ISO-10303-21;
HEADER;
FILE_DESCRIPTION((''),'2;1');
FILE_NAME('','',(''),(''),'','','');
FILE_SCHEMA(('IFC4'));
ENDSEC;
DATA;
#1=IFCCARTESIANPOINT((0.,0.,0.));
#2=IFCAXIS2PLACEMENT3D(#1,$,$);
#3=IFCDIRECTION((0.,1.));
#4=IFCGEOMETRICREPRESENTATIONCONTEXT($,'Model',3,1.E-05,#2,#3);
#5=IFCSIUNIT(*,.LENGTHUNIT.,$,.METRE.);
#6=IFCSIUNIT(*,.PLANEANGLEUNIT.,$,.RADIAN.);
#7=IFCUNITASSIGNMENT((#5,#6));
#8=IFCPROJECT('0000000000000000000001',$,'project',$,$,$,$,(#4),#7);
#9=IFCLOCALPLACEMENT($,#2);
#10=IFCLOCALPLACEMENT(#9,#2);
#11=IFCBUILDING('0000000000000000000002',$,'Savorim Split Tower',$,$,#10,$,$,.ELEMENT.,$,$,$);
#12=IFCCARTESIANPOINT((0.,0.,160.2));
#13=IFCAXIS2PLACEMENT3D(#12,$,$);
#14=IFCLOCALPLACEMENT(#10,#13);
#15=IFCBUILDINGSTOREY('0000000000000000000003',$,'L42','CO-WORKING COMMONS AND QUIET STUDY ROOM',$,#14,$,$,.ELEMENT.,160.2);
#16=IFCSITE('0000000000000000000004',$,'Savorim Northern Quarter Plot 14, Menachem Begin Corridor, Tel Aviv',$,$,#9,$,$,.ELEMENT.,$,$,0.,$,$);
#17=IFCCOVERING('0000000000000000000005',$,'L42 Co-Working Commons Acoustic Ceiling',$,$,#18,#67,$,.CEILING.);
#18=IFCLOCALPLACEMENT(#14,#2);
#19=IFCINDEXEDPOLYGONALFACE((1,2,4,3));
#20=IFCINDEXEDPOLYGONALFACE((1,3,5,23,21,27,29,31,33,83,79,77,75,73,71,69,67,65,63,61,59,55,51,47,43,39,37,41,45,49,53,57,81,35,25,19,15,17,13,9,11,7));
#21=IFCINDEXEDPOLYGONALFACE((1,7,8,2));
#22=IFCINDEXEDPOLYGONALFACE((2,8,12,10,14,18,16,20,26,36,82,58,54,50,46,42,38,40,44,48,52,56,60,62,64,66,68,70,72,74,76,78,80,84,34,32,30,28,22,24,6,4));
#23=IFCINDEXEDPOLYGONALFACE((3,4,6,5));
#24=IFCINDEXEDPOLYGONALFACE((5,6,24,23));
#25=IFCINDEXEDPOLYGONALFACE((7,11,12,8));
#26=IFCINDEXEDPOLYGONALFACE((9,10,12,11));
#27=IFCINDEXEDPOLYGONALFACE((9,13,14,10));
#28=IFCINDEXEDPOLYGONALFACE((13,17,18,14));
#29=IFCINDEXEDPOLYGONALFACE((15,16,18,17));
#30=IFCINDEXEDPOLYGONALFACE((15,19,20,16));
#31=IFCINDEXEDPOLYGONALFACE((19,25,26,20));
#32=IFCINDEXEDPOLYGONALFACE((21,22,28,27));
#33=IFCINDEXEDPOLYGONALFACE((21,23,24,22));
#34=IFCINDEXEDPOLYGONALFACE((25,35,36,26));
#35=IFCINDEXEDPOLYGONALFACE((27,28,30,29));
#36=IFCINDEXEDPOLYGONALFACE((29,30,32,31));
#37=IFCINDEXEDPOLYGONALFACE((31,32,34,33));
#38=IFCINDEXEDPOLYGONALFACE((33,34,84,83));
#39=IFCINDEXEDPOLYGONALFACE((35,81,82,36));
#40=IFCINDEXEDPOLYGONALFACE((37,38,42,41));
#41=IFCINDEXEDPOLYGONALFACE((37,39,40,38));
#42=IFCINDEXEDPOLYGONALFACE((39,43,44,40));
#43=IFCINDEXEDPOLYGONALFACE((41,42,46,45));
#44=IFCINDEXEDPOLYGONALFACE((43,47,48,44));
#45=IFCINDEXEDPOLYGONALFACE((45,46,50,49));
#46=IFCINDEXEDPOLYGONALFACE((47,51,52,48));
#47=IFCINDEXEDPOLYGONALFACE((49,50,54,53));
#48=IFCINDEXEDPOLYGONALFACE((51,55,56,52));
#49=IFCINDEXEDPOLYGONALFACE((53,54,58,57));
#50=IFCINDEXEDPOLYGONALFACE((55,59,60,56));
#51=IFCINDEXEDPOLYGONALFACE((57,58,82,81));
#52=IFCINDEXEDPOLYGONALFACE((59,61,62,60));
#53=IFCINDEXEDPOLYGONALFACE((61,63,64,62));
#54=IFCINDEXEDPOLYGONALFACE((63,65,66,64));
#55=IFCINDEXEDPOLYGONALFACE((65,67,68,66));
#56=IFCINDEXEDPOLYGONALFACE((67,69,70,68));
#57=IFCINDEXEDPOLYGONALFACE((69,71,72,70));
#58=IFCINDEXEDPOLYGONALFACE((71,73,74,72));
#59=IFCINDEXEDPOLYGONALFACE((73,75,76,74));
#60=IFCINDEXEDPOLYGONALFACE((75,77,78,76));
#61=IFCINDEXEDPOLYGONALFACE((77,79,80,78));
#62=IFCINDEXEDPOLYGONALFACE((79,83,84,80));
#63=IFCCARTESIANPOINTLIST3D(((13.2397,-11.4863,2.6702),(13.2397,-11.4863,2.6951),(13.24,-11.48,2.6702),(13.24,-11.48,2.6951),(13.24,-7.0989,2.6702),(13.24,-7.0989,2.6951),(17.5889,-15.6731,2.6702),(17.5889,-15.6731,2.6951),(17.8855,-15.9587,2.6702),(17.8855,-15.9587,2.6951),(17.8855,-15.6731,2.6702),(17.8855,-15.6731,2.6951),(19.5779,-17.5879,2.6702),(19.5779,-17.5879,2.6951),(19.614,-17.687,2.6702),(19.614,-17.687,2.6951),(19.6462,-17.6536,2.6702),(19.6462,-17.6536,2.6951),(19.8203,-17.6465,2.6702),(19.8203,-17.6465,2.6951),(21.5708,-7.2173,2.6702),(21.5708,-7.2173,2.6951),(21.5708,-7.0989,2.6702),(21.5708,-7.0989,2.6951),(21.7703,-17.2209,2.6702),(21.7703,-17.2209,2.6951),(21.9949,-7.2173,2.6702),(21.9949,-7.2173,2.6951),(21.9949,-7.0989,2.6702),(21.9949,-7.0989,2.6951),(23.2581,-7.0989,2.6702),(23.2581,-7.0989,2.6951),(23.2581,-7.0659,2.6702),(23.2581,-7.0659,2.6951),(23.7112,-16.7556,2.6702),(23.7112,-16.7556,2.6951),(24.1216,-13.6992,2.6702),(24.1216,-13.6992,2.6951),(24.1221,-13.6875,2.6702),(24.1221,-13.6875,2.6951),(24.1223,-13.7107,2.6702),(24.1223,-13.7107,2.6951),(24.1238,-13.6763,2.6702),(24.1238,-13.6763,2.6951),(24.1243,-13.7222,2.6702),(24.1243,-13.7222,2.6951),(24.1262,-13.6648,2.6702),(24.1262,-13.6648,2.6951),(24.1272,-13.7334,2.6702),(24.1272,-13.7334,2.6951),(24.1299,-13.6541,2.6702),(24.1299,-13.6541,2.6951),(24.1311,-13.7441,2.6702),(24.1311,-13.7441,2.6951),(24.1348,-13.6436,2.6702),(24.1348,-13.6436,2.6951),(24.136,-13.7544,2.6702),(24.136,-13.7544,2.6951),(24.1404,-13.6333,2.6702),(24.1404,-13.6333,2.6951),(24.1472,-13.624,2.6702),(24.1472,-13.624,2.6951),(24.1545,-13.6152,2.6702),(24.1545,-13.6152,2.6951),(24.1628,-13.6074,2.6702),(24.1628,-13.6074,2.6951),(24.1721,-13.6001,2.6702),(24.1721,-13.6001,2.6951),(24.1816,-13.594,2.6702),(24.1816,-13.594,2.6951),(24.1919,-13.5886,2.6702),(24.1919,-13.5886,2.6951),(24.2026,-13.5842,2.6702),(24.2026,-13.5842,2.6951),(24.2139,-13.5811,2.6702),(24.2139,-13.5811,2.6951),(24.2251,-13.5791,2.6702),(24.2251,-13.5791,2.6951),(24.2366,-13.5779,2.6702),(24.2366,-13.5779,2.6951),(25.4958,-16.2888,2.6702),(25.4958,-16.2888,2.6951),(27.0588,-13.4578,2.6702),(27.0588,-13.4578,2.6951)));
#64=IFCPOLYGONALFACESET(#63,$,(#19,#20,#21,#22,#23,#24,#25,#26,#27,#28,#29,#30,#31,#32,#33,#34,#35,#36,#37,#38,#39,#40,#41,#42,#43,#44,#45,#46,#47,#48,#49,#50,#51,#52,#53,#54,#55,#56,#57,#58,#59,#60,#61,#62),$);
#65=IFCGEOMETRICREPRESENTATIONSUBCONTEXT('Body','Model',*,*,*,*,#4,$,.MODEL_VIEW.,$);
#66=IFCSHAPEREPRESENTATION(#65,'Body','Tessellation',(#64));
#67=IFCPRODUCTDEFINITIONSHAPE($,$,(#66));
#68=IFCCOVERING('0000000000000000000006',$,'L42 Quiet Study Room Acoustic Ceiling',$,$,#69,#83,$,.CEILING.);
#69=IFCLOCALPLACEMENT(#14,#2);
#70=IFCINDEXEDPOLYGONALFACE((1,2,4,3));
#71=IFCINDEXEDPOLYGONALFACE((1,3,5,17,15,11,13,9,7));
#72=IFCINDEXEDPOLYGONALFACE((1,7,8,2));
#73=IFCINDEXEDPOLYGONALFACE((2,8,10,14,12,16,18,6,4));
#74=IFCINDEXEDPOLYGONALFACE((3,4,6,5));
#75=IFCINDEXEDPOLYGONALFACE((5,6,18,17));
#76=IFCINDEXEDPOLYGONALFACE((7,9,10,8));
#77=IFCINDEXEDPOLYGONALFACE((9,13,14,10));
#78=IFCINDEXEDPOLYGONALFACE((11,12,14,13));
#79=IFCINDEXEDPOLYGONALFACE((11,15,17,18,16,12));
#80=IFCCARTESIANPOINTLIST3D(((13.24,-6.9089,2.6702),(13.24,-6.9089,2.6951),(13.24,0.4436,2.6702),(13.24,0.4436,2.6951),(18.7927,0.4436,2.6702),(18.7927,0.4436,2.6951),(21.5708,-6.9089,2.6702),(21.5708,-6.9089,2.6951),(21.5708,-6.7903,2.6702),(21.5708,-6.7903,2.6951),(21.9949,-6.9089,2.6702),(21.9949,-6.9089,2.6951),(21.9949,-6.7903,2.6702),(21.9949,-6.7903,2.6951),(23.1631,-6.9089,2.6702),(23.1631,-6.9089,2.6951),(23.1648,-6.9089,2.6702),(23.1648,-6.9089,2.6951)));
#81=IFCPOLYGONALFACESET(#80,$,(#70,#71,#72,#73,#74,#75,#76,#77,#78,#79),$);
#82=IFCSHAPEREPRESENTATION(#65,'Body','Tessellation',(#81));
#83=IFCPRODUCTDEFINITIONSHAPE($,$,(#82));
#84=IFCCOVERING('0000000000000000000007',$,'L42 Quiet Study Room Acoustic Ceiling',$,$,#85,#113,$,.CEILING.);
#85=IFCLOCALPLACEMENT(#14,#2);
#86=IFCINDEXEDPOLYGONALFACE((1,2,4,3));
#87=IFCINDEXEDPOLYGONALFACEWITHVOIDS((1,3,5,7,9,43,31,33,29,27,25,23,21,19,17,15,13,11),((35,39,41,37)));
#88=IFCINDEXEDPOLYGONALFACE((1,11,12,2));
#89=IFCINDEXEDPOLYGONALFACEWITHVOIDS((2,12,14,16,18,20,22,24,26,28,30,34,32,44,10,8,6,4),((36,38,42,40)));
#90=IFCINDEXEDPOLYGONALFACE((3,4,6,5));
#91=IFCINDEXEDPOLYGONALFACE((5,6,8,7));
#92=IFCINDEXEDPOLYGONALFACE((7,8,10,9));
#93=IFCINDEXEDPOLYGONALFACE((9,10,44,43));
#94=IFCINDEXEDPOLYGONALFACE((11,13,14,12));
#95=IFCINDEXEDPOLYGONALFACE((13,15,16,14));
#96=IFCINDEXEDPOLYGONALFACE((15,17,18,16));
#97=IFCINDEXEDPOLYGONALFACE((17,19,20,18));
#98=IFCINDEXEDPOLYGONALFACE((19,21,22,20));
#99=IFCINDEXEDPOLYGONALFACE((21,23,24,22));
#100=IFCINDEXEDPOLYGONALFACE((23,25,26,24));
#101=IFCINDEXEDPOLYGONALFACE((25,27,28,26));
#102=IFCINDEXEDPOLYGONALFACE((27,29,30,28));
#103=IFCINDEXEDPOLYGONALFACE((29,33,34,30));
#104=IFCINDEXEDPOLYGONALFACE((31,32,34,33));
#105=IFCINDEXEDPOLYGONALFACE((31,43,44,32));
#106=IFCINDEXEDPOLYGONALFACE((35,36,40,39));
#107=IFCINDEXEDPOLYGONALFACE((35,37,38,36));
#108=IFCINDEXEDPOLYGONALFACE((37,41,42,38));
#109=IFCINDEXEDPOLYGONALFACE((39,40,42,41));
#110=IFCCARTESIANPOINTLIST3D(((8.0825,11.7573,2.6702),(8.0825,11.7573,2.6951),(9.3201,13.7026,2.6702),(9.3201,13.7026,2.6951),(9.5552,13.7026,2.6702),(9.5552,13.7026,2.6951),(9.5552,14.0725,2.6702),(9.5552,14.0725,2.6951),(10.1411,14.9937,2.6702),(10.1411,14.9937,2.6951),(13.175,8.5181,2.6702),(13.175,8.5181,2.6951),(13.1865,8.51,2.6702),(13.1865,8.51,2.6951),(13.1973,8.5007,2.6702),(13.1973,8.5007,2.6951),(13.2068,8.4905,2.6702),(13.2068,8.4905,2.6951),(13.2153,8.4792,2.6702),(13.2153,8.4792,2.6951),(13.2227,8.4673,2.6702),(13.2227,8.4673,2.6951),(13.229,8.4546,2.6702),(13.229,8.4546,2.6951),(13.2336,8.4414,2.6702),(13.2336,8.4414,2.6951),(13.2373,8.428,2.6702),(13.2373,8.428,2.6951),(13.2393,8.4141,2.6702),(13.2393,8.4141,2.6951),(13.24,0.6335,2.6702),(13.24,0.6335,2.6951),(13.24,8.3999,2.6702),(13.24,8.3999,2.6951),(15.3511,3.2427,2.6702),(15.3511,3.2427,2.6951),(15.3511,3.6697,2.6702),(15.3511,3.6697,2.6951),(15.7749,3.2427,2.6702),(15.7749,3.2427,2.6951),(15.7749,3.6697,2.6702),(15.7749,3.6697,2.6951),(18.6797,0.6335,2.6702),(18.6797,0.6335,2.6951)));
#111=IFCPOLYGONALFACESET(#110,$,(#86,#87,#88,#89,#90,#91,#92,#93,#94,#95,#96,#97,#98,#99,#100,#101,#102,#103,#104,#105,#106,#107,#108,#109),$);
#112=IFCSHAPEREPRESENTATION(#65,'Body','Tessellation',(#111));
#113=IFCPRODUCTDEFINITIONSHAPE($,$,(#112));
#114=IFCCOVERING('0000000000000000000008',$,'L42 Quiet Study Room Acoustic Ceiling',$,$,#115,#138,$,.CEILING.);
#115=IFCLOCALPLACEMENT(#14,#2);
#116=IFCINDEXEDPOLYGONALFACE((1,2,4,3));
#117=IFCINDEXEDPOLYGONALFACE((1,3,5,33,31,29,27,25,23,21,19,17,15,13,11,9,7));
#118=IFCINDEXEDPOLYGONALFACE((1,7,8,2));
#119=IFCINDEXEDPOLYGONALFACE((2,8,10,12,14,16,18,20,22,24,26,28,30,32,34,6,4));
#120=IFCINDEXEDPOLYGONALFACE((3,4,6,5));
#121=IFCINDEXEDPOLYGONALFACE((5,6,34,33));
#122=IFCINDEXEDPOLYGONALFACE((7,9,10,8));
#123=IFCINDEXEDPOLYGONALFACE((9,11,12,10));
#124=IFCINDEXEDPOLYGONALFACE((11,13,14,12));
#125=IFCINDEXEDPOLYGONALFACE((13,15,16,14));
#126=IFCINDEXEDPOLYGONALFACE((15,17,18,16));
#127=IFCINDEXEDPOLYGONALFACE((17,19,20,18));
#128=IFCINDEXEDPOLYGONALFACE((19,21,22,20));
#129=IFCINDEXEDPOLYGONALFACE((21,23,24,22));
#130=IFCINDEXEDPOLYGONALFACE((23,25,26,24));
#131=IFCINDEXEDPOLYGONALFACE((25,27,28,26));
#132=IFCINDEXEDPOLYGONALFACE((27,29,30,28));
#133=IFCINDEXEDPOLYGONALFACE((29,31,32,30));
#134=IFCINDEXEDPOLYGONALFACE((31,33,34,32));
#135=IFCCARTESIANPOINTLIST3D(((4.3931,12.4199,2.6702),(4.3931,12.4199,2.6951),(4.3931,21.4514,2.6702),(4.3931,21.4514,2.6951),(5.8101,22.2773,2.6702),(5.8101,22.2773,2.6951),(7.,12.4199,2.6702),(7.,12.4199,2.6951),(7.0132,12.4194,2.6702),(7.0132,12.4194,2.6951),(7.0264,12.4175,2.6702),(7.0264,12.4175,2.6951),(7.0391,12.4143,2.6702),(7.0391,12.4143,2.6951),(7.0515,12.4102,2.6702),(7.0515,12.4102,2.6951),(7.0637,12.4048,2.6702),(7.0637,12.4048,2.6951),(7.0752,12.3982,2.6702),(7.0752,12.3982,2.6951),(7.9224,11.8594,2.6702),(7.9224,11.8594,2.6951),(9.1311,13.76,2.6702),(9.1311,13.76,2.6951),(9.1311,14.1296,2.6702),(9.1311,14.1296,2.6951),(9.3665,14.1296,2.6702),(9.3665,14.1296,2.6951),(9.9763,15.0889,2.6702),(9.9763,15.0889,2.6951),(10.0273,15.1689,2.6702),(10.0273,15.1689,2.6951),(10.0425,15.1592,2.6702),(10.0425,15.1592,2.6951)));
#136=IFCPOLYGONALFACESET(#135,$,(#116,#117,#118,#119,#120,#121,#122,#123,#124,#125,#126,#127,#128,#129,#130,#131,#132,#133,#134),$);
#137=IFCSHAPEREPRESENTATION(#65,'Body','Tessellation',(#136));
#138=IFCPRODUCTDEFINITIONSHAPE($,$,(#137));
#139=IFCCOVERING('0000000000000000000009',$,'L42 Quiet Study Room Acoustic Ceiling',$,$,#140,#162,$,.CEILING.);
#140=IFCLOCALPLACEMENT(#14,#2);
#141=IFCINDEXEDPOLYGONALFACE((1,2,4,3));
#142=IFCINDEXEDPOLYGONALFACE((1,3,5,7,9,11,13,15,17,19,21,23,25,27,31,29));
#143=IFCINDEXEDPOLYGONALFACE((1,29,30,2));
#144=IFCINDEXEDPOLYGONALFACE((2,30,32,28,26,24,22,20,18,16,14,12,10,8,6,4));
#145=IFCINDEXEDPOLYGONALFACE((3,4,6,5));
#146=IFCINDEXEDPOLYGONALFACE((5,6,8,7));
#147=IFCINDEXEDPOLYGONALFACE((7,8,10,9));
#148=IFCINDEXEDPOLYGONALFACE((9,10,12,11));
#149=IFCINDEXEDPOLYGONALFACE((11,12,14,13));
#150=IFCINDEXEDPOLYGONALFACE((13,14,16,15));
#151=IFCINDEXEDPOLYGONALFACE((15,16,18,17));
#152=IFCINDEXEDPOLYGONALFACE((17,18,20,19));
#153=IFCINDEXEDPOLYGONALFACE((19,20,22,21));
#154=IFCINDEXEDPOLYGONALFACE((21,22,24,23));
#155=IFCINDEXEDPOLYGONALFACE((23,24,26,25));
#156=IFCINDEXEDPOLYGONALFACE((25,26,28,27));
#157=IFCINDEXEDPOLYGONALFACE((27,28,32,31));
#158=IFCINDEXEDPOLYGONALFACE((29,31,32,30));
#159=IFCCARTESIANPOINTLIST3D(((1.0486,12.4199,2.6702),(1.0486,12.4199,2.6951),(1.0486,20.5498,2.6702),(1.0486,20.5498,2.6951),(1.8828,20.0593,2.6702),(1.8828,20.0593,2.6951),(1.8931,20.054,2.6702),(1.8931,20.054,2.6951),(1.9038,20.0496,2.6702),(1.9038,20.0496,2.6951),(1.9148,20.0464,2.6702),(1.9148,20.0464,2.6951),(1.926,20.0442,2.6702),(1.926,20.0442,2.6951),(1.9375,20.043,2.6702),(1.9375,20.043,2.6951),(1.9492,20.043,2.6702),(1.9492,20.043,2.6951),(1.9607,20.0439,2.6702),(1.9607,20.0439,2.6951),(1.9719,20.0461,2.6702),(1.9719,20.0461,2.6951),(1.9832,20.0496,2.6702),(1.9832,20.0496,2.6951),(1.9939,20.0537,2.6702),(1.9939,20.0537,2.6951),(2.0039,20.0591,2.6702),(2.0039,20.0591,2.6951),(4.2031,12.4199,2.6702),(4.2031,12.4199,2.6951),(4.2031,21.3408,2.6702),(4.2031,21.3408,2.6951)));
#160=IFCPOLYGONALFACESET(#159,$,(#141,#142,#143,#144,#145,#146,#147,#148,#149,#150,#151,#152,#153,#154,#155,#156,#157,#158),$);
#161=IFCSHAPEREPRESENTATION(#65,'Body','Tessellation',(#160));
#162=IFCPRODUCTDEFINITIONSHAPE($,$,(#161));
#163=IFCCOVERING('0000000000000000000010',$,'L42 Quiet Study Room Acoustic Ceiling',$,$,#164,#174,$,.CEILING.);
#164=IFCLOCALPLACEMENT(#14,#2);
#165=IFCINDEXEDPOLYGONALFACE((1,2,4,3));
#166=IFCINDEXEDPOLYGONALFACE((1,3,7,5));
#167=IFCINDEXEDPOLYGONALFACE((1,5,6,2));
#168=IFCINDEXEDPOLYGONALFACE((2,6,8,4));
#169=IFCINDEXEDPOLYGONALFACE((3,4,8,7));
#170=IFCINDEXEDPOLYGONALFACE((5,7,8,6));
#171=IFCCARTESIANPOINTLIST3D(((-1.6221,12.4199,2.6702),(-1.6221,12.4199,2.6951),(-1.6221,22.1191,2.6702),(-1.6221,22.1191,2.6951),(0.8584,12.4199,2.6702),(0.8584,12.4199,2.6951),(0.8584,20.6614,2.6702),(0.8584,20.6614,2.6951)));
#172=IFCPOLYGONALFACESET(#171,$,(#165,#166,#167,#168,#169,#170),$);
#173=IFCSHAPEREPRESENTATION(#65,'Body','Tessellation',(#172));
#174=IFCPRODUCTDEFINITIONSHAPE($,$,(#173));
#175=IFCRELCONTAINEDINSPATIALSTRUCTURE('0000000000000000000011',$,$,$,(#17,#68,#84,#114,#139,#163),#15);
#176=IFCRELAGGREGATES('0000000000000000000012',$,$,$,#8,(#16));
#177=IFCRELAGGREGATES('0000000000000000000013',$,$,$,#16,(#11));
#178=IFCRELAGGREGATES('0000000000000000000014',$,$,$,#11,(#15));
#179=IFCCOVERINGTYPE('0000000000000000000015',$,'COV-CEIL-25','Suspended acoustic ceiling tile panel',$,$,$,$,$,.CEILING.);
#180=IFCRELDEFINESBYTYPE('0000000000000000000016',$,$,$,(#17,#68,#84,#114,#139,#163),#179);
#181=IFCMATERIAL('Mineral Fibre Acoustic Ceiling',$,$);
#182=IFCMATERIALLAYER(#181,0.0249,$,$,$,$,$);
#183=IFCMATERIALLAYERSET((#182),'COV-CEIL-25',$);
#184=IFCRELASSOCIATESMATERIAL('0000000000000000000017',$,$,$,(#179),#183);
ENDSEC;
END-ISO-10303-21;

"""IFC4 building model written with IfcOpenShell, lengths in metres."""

from ifc_helpers import new_model, si_unit, direction, frame, origin, place, context, subcontext, project, spatial, polyline, outline, extrude, material, layer, layer_set, type_object, element, save


model = new_model("IFC4")

# Units and contexts
model_context = context("Model", 3, precision=1e-05, world=origin(), true_north=direction((0.0, 1.0)))
body_context = subcontext(model_context, "Body", "Model", "MODEL_VIEW")
ifc_project = project(units=[si_unit("LENGTHUNIT", "METRE"), si_unit("PLANEANGLEUNIT", "RADIAN")], contexts=[model_context])

# Site, building, storey
site_placement = place(None, origin())
site = spatial("IfcSite", under=ifc_project, at=site_placement, Name="Savorim Northern Quarter Plot 14, Menachem Begin Corridor, Tel Aviv", CompositionType="ELEMENT", RefElevation=0.0)
building_placement = place(site_placement, origin())
building = spatial("IfcBuilding", under=site, at=building_placement, Name="Savorim Split Tower", CompositionType="ELEMENT")
storey_placement = place(building_placement, frame((0.0, 0.0, 160.2)))
storey = spatial("IfcBuildingStorey", under=building, at=storey_placement, Name="L42", Description="CO-WORKING COMMONS AND QUIET STUDY ROOM", CompositionType="ELEMENT", Elevation=160.2)

# Coverings
ifc_material = material(Name="Mineral Fibre Acoustic Ceiling")
ifc_layer = layer(ifc_material, 0.0249)
ifc_layer_set = layer_set([ifc_layer], Name="COV-CEIL-25")
covering_type = type_object("IfcCoveringType", Name="COV-CEIL-25", Description="Suspended acoustic ceiling tile panel", PredefinedType="CEILING", material=ifc_layer_set)
covering_1_placement = place(storey_placement, frame((0.0, 0.0, 2.6702)))
element("IfcCovering", 1, at=covering_1_placement, inside=storey, type_object=covering_type, Name="L42 Co-Working Commons Acoustic Ceiling", PredefinedType="CEILING", context=body_context, shape_type="SweptSolid", body=[
    extrude(outline(polyline([(24.2139, -13.5811), (24.2251, -13.5791), (24.2366, -13.5779), (27.0588, -13.4578), (23.2581, -7.0659), (23.2581, -7.0989), (21.9949, -7.0989), (21.9949, -7.2173), (21.5708, -7.2173), (21.5708, -7.0989), (13.24, -7.0989), (13.24, -11.48), (13.2397, -11.4863), (17.5889, -15.6731), (17.8855, -15.6731), (17.8855, -15.9587), (19.5779, -17.5879), (19.6462, -17.6536), (19.614, -17.687), (19.8203, -17.6465), (21.7703, -17.2209), (23.7112, -16.7556), (25.4958, -16.2888), (24.136, -13.7544), (24.1311, -13.7441), (24.1272, -13.7334), (24.1243, -13.7222), (24.1223, -13.7107), (24.1216, -13.6992), (24.1221, -13.6875), (24.1238, -13.6763), (24.1262, -13.6648), (24.1299, -13.6541), (24.1348, -13.6436), (24.1404, -13.6333), (24.1472, -13.624), (24.1545, -13.6152), (24.1628, -13.6074), (24.1721, -13.6001), (24.1816, -13.594), (24.1919, -13.5886), (24.2026, -13.5842), (24.2139, -13.5811)])), origin(), (0.0, 0.0, 1.0), 0.0249),
])
covering_2_placement = place(storey_placement, frame((0.0, 0.0, 2.6702)))
element("IfcCovering", 2, at=covering_2_placement, inside=storey, type_object=covering_type, Name="L42 Quiet Study Room Acoustic Ceiling", PredefinedType="CEILING", context=body_context, shape_type="SweptSolid", body=[
    extrude(outline(polyline([(21.9949, -6.7903), (21.9949, -6.9089), (23.1631, -6.9089), (23.1648, -6.9089), (18.7927, 0.4436), (13.24, 0.4436), (13.24, -6.9089), (21.5708, -6.9089), (21.5708, -6.7903), (21.9949, -6.7903)])), origin(), (0.0, 0.0, 1.0), 0.0249),
])
covering_3_placement = place(storey_placement, frame((0.0, 0.0, 2.6702)))
element("IfcCovering", 3, at=covering_3_placement, inside=storey, type_object=covering_type, Name="L42 Quiet Study Room Acoustic Ceiling", PredefinedType="CEILING", context=body_context, shape_type="SweptSolid", body=[
    extrude(outline(polyline([(13.2373, 8.428), (13.2393, 8.4141), (13.24, 8.3999), (13.24, 0.6335), (18.6797, 0.6335), (10.1411, 14.9937), (9.5552, 14.0725), (9.5552, 13.7026), (9.3201, 13.7026), (8.0825, 11.7573), (13.175, 8.5181), (13.1865, 8.51), (13.1973, 8.5007), (13.2068, 8.4905), (13.2153, 8.4792), (13.2227, 8.4673), (13.229, 8.4546), (13.2336, 8.4414), (13.2373, 8.428)]), holes=[polyline([(15.7749, 3.2427), (15.7749, 3.6697), (15.3511, 3.6697), (15.3511, 3.2427), (15.7749, 3.2427)])]), origin(), (0.0, 0.0, 1.0), 0.0249),
])
covering_4_placement = place(storey_placement, frame((0.0, 0.0, 2.6702)))
element("IfcCovering", 4, at=covering_4_placement, inside=storey, type_object=covering_type, Name="L42 Quiet Study Room Acoustic Ceiling", PredefinedType="CEILING", context=body_context, shape_type="SweptSolid", body=[
    extrude(outline(polyline([(10.0273, 15.1689), (10.0425, 15.1592), (5.8101, 22.2773), (4.3931, 21.4514), (4.3931, 12.4199), (7.0, 12.4199), (7.0132, 12.4194), (7.0264, 12.4175), (7.0391, 12.4143), (7.0515, 12.4102), (7.0637, 12.4048), (7.0752, 12.3982), (7.9224, 11.8594), (9.1311, 13.76), (9.1311, 14.1296), (9.3665, 14.1296), (9.9763, 15.0889), (10.0273, 15.1689)])), origin(), (0.0, 0.0, 1.0), 0.0249),
])
covering_5_placement = place(storey_placement, frame((0.0, 0.0, 2.6702)))
element("IfcCovering", 5, at=covering_5_placement, inside=storey, type_object=covering_type, Name="L42 Quiet Study Room Acoustic Ceiling", PredefinedType="CEILING", context=body_context, shape_type="SweptSolid", body=[
    extrude(outline(polyline([(1.9038, 20.0496), (1.8931, 20.054), (1.8828, 20.0593), (1.0486, 20.5498), (1.0486, 12.4199), (4.2031, 12.4199), (4.2031, 21.3408), (2.0039, 20.0591), (1.9939, 20.0537), (1.9832, 20.0496), (1.9719, 20.0461), (1.9607, 20.0439), (1.9492, 20.043), (1.9375, 20.043), (1.926, 20.0442), (1.9148, 20.0464), (1.9038, 20.0496)])), origin(), (0.0, 0.0, 1.0), 0.0249),
])
covering_6_placement = place(storey_placement, frame((0.0, 0.0, 2.6702)))
element("IfcCovering", 6, at=covering_6_placement, inside=storey, type_object=covering_type, Name="L42 Quiet Study Room Acoustic Ceiling", PredefinedType="CEILING", context=body_context, shape_type="SweptSolid", body=[
    extrude(outline(polyline([(-1.6221, 12.4199), (0.8584, 12.4199), (0.8584, 20.6614), (-1.6221, 22.1191), (-1.6221, 12.4199)])), origin(), (0.0, 0.0, 1.0), 0.0249),
])

save(model, "model.ifc")
